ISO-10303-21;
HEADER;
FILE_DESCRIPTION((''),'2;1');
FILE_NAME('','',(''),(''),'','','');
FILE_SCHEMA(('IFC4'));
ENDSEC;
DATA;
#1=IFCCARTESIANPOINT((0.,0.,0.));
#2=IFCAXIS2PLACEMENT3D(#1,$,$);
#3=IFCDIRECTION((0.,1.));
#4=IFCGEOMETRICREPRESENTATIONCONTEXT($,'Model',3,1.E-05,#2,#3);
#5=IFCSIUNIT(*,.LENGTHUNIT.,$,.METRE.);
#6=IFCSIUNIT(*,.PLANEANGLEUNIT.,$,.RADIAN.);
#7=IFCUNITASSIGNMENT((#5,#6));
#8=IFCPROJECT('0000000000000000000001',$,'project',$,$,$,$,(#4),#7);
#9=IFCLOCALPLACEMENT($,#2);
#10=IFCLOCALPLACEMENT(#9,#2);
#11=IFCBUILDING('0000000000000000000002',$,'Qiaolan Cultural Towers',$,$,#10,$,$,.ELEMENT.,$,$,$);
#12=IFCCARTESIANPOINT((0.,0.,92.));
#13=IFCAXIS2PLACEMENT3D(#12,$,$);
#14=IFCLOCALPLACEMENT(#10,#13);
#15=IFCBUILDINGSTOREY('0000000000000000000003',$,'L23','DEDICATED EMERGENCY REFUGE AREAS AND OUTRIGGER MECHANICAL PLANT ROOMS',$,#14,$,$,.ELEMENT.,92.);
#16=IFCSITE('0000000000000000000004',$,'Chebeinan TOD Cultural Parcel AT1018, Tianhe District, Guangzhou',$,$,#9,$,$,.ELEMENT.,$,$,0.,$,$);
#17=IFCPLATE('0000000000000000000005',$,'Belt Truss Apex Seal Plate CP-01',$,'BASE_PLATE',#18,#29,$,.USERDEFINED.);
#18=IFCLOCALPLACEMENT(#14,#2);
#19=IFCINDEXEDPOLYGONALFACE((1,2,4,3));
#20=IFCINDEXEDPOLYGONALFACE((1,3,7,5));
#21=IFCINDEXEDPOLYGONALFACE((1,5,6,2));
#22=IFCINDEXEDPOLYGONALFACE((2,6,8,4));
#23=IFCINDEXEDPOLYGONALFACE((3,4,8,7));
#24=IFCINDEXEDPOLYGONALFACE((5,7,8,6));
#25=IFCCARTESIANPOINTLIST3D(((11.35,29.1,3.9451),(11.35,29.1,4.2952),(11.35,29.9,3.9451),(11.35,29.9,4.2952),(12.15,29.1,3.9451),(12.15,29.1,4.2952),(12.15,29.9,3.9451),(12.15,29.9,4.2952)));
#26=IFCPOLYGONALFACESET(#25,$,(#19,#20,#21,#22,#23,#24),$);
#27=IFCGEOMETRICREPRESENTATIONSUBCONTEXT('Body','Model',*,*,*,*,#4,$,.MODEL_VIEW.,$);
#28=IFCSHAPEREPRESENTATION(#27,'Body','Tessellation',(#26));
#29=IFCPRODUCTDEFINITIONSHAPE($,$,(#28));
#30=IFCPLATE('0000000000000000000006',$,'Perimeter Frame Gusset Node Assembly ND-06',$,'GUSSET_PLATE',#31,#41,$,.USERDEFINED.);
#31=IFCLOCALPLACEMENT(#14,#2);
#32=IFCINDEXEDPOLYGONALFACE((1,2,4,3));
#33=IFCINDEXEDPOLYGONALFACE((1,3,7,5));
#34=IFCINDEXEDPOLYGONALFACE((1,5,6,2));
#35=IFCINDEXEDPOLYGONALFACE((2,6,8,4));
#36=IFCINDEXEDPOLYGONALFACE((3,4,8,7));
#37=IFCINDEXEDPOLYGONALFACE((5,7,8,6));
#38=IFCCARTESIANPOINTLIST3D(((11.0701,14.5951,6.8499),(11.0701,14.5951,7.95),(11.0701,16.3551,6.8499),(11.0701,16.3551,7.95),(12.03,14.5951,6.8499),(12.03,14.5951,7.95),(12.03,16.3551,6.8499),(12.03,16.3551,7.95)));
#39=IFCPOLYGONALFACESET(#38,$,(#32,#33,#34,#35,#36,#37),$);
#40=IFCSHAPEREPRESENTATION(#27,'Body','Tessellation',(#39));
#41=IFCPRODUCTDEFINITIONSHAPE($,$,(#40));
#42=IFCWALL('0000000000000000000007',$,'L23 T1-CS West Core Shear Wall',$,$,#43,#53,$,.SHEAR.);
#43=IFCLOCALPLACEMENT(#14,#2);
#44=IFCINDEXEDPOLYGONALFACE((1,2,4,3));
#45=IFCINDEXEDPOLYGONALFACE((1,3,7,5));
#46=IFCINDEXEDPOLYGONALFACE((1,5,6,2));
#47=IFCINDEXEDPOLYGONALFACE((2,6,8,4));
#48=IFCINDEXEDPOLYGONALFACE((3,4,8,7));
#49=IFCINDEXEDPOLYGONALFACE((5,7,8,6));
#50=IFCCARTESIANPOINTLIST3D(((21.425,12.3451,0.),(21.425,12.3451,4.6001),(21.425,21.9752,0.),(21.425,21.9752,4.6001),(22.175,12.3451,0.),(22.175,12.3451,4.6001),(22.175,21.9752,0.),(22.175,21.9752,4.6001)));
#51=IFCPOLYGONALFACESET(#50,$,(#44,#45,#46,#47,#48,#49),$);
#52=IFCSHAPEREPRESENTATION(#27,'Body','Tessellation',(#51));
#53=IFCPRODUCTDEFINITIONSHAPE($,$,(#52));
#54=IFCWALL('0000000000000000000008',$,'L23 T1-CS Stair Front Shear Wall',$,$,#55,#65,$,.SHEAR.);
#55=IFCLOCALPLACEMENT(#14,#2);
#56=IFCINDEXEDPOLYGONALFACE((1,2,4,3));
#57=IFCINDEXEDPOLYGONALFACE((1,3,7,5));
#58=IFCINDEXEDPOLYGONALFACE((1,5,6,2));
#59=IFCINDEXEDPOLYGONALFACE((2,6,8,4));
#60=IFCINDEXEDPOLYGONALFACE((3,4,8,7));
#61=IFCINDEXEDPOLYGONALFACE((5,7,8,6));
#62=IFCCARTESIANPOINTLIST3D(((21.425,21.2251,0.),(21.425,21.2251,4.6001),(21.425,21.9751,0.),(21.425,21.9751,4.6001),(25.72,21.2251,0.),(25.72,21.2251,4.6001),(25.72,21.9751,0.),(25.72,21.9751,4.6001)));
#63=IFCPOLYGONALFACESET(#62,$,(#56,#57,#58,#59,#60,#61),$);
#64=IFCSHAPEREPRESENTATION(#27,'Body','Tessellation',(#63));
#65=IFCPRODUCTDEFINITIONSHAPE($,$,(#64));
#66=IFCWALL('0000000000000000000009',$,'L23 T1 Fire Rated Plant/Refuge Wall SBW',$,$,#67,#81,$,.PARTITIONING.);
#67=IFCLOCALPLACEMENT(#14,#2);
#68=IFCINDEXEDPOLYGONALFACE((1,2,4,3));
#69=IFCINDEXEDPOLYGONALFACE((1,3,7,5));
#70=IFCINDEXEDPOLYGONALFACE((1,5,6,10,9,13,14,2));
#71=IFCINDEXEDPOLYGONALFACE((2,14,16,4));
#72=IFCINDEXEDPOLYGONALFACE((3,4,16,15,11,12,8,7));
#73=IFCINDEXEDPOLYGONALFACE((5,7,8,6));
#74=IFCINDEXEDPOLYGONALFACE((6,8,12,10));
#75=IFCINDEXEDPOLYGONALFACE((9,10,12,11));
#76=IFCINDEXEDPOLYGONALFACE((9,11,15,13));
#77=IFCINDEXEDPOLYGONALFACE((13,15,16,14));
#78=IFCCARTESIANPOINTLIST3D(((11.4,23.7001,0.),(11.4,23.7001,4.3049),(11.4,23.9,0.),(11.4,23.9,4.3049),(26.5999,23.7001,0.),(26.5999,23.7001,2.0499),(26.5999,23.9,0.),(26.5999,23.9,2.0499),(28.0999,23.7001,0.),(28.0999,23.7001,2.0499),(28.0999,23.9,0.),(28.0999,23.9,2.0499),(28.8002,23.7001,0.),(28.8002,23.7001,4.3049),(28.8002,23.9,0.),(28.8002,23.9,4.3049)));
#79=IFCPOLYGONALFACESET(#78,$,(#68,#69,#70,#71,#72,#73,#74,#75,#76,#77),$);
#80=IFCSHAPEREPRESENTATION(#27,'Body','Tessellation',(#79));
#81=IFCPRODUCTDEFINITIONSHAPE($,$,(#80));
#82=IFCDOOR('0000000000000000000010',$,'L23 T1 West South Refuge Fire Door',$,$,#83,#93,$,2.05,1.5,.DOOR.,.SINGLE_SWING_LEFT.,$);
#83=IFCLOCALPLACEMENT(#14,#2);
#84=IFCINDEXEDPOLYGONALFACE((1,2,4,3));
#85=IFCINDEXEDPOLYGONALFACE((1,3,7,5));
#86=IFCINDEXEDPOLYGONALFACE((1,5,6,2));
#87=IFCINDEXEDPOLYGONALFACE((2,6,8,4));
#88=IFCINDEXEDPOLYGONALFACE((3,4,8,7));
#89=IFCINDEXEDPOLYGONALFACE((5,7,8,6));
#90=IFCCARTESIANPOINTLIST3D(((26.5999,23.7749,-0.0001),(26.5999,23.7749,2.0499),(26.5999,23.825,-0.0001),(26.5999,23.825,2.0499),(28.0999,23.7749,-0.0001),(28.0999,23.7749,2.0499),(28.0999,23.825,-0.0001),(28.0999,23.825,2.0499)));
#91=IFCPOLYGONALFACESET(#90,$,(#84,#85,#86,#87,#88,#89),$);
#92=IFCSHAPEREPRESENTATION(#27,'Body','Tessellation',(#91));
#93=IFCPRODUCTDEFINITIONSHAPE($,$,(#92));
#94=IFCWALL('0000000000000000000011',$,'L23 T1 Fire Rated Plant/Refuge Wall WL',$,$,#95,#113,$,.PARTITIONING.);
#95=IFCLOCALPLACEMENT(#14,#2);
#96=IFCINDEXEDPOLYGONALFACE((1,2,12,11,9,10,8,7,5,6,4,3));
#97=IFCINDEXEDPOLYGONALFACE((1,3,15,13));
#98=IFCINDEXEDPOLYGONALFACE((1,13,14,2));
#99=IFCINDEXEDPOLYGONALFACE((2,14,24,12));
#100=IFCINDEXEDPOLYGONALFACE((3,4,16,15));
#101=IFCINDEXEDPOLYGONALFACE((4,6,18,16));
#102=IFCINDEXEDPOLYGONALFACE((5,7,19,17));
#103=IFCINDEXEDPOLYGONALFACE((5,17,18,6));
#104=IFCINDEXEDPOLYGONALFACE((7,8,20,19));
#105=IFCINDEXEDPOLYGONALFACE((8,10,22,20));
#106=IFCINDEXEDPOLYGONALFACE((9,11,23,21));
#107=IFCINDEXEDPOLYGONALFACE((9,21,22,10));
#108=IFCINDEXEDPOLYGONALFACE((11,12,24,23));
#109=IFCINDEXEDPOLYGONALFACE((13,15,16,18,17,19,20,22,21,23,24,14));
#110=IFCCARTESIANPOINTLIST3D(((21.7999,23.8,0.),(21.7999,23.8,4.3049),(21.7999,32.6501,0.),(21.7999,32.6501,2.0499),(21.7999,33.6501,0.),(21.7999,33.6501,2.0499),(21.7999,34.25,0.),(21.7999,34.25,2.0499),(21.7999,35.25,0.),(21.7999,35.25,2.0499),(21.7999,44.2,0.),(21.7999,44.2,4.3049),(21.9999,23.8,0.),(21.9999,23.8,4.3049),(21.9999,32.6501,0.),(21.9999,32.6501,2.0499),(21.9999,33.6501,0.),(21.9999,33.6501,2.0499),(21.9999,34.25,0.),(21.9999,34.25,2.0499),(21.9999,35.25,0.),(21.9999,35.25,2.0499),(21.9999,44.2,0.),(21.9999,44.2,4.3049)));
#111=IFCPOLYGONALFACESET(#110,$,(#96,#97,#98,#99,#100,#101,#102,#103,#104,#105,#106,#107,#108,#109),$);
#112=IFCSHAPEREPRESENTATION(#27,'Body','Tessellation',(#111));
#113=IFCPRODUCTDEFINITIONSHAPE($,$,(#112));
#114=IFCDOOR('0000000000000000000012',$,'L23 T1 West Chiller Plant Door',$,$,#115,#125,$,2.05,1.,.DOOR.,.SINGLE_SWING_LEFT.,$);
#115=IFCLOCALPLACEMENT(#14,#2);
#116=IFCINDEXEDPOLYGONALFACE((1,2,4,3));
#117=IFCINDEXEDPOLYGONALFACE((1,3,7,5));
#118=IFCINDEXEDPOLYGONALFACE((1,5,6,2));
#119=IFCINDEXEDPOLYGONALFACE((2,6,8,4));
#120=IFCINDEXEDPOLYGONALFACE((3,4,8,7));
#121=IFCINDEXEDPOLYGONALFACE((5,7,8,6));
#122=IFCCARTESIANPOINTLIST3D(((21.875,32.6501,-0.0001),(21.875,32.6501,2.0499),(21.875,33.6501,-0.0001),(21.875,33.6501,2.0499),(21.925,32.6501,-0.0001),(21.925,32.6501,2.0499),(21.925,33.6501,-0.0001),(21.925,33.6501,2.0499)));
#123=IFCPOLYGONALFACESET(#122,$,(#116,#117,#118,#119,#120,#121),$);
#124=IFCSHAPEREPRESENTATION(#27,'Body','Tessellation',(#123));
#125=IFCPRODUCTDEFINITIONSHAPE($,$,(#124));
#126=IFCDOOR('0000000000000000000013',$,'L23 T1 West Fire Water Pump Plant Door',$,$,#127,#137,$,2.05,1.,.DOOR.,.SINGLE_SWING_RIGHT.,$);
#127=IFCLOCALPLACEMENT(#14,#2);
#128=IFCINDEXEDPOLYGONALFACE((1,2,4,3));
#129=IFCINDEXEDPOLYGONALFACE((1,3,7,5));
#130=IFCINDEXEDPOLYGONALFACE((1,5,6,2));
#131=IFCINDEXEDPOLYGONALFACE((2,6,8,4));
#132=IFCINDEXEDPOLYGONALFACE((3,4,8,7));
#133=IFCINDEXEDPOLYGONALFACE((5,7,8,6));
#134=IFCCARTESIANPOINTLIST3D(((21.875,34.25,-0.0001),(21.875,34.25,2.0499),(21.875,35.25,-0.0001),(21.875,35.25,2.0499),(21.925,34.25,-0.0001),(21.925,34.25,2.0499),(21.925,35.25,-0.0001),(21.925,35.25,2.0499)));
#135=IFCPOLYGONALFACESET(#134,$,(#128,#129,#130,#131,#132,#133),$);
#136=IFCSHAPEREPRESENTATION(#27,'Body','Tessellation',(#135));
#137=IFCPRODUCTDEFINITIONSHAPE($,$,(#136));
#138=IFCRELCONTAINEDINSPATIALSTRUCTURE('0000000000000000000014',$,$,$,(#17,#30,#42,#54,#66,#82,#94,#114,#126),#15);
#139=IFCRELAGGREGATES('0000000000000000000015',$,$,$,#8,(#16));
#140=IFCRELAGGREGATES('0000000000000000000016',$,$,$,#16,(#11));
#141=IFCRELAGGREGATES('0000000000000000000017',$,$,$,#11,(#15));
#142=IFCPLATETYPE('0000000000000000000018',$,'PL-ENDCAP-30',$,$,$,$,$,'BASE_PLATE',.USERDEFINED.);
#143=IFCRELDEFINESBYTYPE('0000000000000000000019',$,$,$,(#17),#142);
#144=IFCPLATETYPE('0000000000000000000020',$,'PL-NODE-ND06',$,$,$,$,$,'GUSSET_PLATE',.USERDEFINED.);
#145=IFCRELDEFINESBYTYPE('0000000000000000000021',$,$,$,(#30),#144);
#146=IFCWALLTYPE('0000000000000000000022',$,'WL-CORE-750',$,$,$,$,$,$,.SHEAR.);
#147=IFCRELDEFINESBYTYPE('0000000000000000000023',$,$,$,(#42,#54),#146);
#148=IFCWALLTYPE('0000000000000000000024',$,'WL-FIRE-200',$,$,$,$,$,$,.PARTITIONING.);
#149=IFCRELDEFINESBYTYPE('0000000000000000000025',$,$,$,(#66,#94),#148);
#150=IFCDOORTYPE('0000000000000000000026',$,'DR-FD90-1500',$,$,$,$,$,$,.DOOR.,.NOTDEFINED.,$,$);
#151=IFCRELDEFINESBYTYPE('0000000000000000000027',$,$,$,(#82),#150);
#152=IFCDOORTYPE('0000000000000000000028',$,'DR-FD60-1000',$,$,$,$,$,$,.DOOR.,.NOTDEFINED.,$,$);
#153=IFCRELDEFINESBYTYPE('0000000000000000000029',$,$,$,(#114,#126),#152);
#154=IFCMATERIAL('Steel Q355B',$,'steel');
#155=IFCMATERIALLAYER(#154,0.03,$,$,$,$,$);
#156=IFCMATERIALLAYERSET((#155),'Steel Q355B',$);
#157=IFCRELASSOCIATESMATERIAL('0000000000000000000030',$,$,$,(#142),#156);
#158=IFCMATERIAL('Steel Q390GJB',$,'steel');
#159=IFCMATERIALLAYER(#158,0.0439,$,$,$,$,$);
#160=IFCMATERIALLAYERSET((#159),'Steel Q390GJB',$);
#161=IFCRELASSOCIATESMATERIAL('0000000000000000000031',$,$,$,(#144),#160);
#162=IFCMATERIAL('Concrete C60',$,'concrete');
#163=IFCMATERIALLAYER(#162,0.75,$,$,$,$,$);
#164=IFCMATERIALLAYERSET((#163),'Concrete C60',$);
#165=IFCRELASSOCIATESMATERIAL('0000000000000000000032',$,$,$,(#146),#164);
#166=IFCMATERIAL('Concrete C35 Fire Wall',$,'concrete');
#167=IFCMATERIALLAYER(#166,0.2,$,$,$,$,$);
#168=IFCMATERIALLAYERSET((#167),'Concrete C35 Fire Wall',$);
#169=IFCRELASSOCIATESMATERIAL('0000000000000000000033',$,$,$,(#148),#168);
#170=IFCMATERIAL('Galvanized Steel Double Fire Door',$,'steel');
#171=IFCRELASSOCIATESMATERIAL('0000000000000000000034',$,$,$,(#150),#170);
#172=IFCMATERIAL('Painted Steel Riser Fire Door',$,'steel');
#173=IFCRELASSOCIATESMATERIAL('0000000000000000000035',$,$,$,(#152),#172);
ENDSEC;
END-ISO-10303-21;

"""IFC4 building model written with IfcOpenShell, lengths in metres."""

from ifc_helpers import new_model, si_unit, direction, frame, frame_2d, origin, origin_2d, place, context, subcontext, project, spatial, rectangle, extrude, material, layer, layer_set, type_object, element, fill, save


model = new_model("IFC4")

# Units and contexts
model_context = context("Model", 3, precision=1e-05, world=origin(), true_north=direction((0.0, 1.0)))
body_context = subcontext(model_context, "Body", "Model", "MODEL_VIEW")
ifc_project = project(units=[si_unit("LENGTHUNIT", "METRE"), si_unit("PLANEANGLEUNIT", "RADIAN")], contexts=[model_context])

# Site, building, storey
site_placement = place(None, origin())
site = spatial("IfcSite", under=ifc_project, at=site_placement, Name="Chebeinan TOD Cultural Parcel AT1018, Tianhe District, Guangzhou", CompositionType="ELEMENT", RefElevation=0.0)
building_placement = place(site_placement, origin())
building = spatial("IfcBuilding", under=site, at=building_placement, Name="Qiaolan Cultural Towers", CompositionType="ELEMENT")
storey_placement = place(building_placement, frame((0.0, 0.0, 92.0)))
storey = spatial("IfcBuildingStorey", under=building, at=storey_placement, Name="L23", Description="DEDICATED EMERGENCY REFUGE AREAS AND OUTRIGGER MECHANICAL PLANT ROOMS", CompositionType="ELEMENT", Elevation=92.0)

# Plates
ifc_material_1 = material(Name="Steel Q355B", Category="steel")
ifc_layer_1 = layer(ifc_material_1, 0.03)
ifc_layer_set_1 = layer_set([ifc_layer_1], Name="Steel Q355B")
plate_type_1 = type_object("IfcPlateType", Name="PL-ENDCAP-30", ElementType="BASE_PLATE", PredefinedType="USERDEFINED", material=ifc_layer_set_1)
plate_1_placement = place(storey_placement, frame((11.75, 29.5, 3.9451), z_axis=(0.0, 0.0, 1.0), x_axis=(1.0, 0.0, 0.0)))
element("IfcPlate", 1, at=plate_1_placement, inside=storey, type_object=plate_type_1, Name="Belt Truss Apex Seal Plate CP-01", ObjectType="BASE_PLATE", PredefinedType="USERDEFINED", context=body_context, shape_type="SweptSolid", body=[
    extrude(rectangle(XDim=0.8, YDim=0.8, at=origin_2d()), origin(), (0.0, 0.0, 1.0), 0.3501),
])
ifc_material_2 = material(Name="Steel Q390GJB", Category="steel")
ifc_layer_2 = layer(ifc_material_2, 0.0439)
ifc_layer_set_2 = layer_set([ifc_layer_2], Name="Steel Q390GJB")
plate_type_2 = type_object("IfcPlateType", Name="PL-NODE-ND06", ElementType="GUSSET_PLATE", PredefinedType="USERDEFINED", material=ifc_layer_set_2)
plate_2_placement = place(storey_placement, frame((11.55, 15.4751, 6.8499), z_axis=(0.0, 0.0, 1.0), x_axis=(0.0, 1.0, 0.0)))
element("IfcPlate", 2, at=plate_2_placement, inside=storey, type_object=plate_type_2, Name="Perimeter Frame Gusset Node Assembly ND-06", ObjectType="GUSSET_PLATE", PredefinedType="USERDEFINED", context=body_context, shape_type="SweptSolid", body=[
    extrude(rectangle(XDim=1.76, YDim=0.96, at=origin_2d()), origin(), (0.0, 0.0, 1.0), 1.1001),
])

# Walls
ifc_material_3 = material(Name="Concrete C60", Category="concrete")
ifc_layer_3 = layer(ifc_material_3, 0.75)
ifc_layer_set_3 = layer_set([ifc_layer_3], Name="Concrete C60")
wall_type_1 = type_object("IfcWallType", Name="WL-CORE-750", PredefinedType="SHEAR", material=ifc_layer_set_3)
wall_1_placement = place(storey_placement, frame((21.8, 21.9751, 0.0), z_axis=(0.0, 0.0, 1.0), x_axis=(0.0, -1.0, 0.0)))
element("IfcWall", 3, at=wall_1_placement, inside=storey, type_object=wall_type_1, Name="L23 T1-CS West Core Shear Wall", PredefinedType="SHEAR", context=body_context, shape_type="SweptSolid", body=[
    extrude(rectangle(XDim=9.6301, YDim=0.75, at=frame_2d((4.8149, 0.0))), origin(), (0.0, 0.0, 1.0), 4.6001),
])
wall_2_placement = place(storey_placement, frame((21.425, 21.6001, 0.0), z_axis=(0.0, 0.0, 1.0), x_axis=(1.0, 0.0, 0.0)))
element("IfcWall", 4, at=wall_2_placement, inside=storey, type_object=wall_type_1, Name="L23 T1-CS Stair Front Shear Wall", PredefinedType="SHEAR", context=body_context, shape_type="SweptSolid", body=[
    extrude(rectangle(XDim=4.2949, YDim=0.75, at=frame_2d((2.1475, 0.0))), origin(), (0.0, 0.0, 1.0), 4.6001),
])

# Wall, opening, door
ifc_material_4 = material(Name="Concrete C35 Fire Wall", Category="concrete")
ifc_layer_4 = layer(ifc_material_4, 0.2)
ifc_layer_set_4 = layer_set([ifc_layer_4], Name="Concrete C35 Fire Wall")
wall_type_2 = type_object("IfcWallType", Name="WL-FIRE-200", PredefinedType="PARTITIONING", material=ifc_layer_set_4)
wall_3_placement = place(storey_placement, frame((11.3999, 23.8, 0.0), z_axis=(0.0, 0.0, 1.0), x_axis=(1.0, 0.0, 0.0)))
wall_3 = element("IfcWall", 5, at=wall_3_placement, inside=storey, type_object=wall_type_2, Name="L23 T1 Fire Rated Plant/Refuge Wall SBW", PredefinedType="PARTITIONING", context=body_context, shape_type="SweptSolid", body=[
    extrude(rectangle(XDim=17.4001, YDim=0.2, at=frame_2d((8.7002, 0.0))), origin(), (0.0, 0.0, 1.0), 4.3049),
])
opening_1_placement = place(wall_3_placement, frame((15.2, 0.0, 0.0)))
opening_1 = element("IfcOpeningElement", 6, at=opening_1_placement, cuts=wall_3, PredefinedType="OPENING", context=body_context, shape_type="SweptSolid", body=[
    extrude(rectangle(XDim=1.5, YDim=2.05, at=frame_2d((0.75, 1.0249))), frame((0.0, 0.1099, 0.0), z_axis=(0.0, -1.0, 0.0), x_axis=(1.0, 0.0, 0.0)), (0.0, 0.0, 1.0), 0.22),
])
ifc_material_5 = material(Name="Galvanized Steel Double Fire Door", Category="steel")
door_type_1 = type_object("IfcDoorType", Name="DR-FD90-1500", OperationType="NOTDEFINED", PredefinedType="DOOR", material=ifc_material_5)
door_1_placement = place(opening_1_placement, origin())
door_1 = element("IfcDoor", 7, at=door_1_placement, inside=storey, type_object=door_type_1, Name="L23 T1 West South Refuge Fire Door", OperationType="SINGLE_SWING_LEFT", OverallHeight=2.05, OverallWidth=1.5, PredefinedType="DOOR", context=body_context, shape_type="SweptSolid", body=[
    extrude(rectangle(XDim=1.5, YDim=2.05, at=frame_2d((0.75, 1.0249))), frame((0.0, 0.0249, 0.0), z_axis=(0.0, -1.0, 0.0), x_axis=(1.0, 0.0, 0.0)), (0.0, 0.0, 1.0), 0.05),
])
fill(opening_1, door_1)

# Wall, openings, doors
wall_4_placement = place(storey_placement, frame((21.8999, 23.8, 0.0), z_axis=(0.0, 0.0, 1.0), x_axis=(0.0, 1.0, 0.0)))
wall_4 = element("IfcWall", 8, at=wall_4_placement, inside=storey, type_object=wall_type_2, Name="L23 T1 Fire Rated Plant/Refuge Wall WL", PredefinedType="PARTITIONING", context=body_context, shape_type="SweptSolid", body=[
    extrude(rectangle(XDim=20.3999, YDim=0.2, at=frame_2d((10.2, 0.0))), origin(), (0.0, 0.0, 1.0), 4.3049),
])
opening_2_placement = place(wall_4_placement, frame((8.8501, 0.0, 0.0)))
opening_2 = element("IfcOpeningElement", 9, at=opening_2_placement, cuts=wall_4, PredefinedType="OPENING", context=body_context, shape_type="SweptSolid", body=[
    extrude(rectangle(XDim=1.0, YDim=2.05, at=frame_2d((0.5, 1.0249))), frame((0.0, 0.1099, 0.0), z_axis=(0.0, -1.0, 0.0), x_axis=(1.0, 0.0, 0.0)), (0.0, 0.0, 1.0), 0.22),
])
opening_3_placement = place(wall_4_placement, frame((10.45, 0.0, 0.0)))
opening_3 = element("IfcOpeningElement", 10, at=opening_3_placement, cuts=wall_4, PredefinedType="OPENING", context=body_context, shape_type="SweptSolid", body=[
    extrude(rectangle(XDim=1.0, YDim=2.05, at=frame_2d((0.5, 1.0249))), frame((0.0, 0.1099, 0.0), z_axis=(0.0, -1.0, 0.0), x_axis=(1.0, 0.0, 0.0)), (0.0, 0.0, 1.0), 0.22),
])
ifc_material_6 = material(Name="Painted Steel Riser Fire Door", Category="steel")
door_type_2 = type_object("IfcDoorType", Name="DR-FD60-1000", OperationType="NOTDEFINED", PredefinedType="DOOR", material=ifc_material_6)
door_2_placement = place(opening_2_placement, origin())
door_2 = element("IfcDoor", 11, at=door_2_placement, inside=storey, type_object=door_type_2, Name="L23 T1 West Chiller Plant Door", OperationType="SINGLE_SWING_LEFT", OverallHeight=2.05, OverallWidth=1.0, PredefinedType="DOOR", context=body_context, shape_type="SweptSolid", body=[
    extrude(rectangle(XDim=1.0, YDim=2.05, at=frame_2d((0.5, 1.0249))), frame((0.0, 0.0249, 0.0), z_axis=(0.0, -1.0, 0.0), x_axis=(1.0, 0.0, 0.0)), (0.0, 0.0, 1.0), 0.05),
])
fill(opening_2, door_2)
door_3_placement = place(opening_3_placement, origin())
door_3 = element("IfcDoor", 12, at=door_3_placement, inside=storey, type_object=door_type_2, Name="L23 T1 West Fire Water Pump Plant Door", OperationType="SINGLE_SWING_RIGHT", OverallHeight=2.05, OverallWidth=1.0, PredefinedType="DOOR", context=body_context, shape_type="SweptSolid", body=[
    extrude(rectangle(XDim=1.0, YDim=2.05, at=frame_2d((0.5, 1.0249))), frame((0.0, 0.0249, 0.0), z_axis=(0.0, -1.0, 0.0), x_axis=(1.0, 0.0, 0.0)), (0.0, 0.0, 1.0), 0.05),
])
fill(opening_3, door_3)

save(model, "model.ifc")
